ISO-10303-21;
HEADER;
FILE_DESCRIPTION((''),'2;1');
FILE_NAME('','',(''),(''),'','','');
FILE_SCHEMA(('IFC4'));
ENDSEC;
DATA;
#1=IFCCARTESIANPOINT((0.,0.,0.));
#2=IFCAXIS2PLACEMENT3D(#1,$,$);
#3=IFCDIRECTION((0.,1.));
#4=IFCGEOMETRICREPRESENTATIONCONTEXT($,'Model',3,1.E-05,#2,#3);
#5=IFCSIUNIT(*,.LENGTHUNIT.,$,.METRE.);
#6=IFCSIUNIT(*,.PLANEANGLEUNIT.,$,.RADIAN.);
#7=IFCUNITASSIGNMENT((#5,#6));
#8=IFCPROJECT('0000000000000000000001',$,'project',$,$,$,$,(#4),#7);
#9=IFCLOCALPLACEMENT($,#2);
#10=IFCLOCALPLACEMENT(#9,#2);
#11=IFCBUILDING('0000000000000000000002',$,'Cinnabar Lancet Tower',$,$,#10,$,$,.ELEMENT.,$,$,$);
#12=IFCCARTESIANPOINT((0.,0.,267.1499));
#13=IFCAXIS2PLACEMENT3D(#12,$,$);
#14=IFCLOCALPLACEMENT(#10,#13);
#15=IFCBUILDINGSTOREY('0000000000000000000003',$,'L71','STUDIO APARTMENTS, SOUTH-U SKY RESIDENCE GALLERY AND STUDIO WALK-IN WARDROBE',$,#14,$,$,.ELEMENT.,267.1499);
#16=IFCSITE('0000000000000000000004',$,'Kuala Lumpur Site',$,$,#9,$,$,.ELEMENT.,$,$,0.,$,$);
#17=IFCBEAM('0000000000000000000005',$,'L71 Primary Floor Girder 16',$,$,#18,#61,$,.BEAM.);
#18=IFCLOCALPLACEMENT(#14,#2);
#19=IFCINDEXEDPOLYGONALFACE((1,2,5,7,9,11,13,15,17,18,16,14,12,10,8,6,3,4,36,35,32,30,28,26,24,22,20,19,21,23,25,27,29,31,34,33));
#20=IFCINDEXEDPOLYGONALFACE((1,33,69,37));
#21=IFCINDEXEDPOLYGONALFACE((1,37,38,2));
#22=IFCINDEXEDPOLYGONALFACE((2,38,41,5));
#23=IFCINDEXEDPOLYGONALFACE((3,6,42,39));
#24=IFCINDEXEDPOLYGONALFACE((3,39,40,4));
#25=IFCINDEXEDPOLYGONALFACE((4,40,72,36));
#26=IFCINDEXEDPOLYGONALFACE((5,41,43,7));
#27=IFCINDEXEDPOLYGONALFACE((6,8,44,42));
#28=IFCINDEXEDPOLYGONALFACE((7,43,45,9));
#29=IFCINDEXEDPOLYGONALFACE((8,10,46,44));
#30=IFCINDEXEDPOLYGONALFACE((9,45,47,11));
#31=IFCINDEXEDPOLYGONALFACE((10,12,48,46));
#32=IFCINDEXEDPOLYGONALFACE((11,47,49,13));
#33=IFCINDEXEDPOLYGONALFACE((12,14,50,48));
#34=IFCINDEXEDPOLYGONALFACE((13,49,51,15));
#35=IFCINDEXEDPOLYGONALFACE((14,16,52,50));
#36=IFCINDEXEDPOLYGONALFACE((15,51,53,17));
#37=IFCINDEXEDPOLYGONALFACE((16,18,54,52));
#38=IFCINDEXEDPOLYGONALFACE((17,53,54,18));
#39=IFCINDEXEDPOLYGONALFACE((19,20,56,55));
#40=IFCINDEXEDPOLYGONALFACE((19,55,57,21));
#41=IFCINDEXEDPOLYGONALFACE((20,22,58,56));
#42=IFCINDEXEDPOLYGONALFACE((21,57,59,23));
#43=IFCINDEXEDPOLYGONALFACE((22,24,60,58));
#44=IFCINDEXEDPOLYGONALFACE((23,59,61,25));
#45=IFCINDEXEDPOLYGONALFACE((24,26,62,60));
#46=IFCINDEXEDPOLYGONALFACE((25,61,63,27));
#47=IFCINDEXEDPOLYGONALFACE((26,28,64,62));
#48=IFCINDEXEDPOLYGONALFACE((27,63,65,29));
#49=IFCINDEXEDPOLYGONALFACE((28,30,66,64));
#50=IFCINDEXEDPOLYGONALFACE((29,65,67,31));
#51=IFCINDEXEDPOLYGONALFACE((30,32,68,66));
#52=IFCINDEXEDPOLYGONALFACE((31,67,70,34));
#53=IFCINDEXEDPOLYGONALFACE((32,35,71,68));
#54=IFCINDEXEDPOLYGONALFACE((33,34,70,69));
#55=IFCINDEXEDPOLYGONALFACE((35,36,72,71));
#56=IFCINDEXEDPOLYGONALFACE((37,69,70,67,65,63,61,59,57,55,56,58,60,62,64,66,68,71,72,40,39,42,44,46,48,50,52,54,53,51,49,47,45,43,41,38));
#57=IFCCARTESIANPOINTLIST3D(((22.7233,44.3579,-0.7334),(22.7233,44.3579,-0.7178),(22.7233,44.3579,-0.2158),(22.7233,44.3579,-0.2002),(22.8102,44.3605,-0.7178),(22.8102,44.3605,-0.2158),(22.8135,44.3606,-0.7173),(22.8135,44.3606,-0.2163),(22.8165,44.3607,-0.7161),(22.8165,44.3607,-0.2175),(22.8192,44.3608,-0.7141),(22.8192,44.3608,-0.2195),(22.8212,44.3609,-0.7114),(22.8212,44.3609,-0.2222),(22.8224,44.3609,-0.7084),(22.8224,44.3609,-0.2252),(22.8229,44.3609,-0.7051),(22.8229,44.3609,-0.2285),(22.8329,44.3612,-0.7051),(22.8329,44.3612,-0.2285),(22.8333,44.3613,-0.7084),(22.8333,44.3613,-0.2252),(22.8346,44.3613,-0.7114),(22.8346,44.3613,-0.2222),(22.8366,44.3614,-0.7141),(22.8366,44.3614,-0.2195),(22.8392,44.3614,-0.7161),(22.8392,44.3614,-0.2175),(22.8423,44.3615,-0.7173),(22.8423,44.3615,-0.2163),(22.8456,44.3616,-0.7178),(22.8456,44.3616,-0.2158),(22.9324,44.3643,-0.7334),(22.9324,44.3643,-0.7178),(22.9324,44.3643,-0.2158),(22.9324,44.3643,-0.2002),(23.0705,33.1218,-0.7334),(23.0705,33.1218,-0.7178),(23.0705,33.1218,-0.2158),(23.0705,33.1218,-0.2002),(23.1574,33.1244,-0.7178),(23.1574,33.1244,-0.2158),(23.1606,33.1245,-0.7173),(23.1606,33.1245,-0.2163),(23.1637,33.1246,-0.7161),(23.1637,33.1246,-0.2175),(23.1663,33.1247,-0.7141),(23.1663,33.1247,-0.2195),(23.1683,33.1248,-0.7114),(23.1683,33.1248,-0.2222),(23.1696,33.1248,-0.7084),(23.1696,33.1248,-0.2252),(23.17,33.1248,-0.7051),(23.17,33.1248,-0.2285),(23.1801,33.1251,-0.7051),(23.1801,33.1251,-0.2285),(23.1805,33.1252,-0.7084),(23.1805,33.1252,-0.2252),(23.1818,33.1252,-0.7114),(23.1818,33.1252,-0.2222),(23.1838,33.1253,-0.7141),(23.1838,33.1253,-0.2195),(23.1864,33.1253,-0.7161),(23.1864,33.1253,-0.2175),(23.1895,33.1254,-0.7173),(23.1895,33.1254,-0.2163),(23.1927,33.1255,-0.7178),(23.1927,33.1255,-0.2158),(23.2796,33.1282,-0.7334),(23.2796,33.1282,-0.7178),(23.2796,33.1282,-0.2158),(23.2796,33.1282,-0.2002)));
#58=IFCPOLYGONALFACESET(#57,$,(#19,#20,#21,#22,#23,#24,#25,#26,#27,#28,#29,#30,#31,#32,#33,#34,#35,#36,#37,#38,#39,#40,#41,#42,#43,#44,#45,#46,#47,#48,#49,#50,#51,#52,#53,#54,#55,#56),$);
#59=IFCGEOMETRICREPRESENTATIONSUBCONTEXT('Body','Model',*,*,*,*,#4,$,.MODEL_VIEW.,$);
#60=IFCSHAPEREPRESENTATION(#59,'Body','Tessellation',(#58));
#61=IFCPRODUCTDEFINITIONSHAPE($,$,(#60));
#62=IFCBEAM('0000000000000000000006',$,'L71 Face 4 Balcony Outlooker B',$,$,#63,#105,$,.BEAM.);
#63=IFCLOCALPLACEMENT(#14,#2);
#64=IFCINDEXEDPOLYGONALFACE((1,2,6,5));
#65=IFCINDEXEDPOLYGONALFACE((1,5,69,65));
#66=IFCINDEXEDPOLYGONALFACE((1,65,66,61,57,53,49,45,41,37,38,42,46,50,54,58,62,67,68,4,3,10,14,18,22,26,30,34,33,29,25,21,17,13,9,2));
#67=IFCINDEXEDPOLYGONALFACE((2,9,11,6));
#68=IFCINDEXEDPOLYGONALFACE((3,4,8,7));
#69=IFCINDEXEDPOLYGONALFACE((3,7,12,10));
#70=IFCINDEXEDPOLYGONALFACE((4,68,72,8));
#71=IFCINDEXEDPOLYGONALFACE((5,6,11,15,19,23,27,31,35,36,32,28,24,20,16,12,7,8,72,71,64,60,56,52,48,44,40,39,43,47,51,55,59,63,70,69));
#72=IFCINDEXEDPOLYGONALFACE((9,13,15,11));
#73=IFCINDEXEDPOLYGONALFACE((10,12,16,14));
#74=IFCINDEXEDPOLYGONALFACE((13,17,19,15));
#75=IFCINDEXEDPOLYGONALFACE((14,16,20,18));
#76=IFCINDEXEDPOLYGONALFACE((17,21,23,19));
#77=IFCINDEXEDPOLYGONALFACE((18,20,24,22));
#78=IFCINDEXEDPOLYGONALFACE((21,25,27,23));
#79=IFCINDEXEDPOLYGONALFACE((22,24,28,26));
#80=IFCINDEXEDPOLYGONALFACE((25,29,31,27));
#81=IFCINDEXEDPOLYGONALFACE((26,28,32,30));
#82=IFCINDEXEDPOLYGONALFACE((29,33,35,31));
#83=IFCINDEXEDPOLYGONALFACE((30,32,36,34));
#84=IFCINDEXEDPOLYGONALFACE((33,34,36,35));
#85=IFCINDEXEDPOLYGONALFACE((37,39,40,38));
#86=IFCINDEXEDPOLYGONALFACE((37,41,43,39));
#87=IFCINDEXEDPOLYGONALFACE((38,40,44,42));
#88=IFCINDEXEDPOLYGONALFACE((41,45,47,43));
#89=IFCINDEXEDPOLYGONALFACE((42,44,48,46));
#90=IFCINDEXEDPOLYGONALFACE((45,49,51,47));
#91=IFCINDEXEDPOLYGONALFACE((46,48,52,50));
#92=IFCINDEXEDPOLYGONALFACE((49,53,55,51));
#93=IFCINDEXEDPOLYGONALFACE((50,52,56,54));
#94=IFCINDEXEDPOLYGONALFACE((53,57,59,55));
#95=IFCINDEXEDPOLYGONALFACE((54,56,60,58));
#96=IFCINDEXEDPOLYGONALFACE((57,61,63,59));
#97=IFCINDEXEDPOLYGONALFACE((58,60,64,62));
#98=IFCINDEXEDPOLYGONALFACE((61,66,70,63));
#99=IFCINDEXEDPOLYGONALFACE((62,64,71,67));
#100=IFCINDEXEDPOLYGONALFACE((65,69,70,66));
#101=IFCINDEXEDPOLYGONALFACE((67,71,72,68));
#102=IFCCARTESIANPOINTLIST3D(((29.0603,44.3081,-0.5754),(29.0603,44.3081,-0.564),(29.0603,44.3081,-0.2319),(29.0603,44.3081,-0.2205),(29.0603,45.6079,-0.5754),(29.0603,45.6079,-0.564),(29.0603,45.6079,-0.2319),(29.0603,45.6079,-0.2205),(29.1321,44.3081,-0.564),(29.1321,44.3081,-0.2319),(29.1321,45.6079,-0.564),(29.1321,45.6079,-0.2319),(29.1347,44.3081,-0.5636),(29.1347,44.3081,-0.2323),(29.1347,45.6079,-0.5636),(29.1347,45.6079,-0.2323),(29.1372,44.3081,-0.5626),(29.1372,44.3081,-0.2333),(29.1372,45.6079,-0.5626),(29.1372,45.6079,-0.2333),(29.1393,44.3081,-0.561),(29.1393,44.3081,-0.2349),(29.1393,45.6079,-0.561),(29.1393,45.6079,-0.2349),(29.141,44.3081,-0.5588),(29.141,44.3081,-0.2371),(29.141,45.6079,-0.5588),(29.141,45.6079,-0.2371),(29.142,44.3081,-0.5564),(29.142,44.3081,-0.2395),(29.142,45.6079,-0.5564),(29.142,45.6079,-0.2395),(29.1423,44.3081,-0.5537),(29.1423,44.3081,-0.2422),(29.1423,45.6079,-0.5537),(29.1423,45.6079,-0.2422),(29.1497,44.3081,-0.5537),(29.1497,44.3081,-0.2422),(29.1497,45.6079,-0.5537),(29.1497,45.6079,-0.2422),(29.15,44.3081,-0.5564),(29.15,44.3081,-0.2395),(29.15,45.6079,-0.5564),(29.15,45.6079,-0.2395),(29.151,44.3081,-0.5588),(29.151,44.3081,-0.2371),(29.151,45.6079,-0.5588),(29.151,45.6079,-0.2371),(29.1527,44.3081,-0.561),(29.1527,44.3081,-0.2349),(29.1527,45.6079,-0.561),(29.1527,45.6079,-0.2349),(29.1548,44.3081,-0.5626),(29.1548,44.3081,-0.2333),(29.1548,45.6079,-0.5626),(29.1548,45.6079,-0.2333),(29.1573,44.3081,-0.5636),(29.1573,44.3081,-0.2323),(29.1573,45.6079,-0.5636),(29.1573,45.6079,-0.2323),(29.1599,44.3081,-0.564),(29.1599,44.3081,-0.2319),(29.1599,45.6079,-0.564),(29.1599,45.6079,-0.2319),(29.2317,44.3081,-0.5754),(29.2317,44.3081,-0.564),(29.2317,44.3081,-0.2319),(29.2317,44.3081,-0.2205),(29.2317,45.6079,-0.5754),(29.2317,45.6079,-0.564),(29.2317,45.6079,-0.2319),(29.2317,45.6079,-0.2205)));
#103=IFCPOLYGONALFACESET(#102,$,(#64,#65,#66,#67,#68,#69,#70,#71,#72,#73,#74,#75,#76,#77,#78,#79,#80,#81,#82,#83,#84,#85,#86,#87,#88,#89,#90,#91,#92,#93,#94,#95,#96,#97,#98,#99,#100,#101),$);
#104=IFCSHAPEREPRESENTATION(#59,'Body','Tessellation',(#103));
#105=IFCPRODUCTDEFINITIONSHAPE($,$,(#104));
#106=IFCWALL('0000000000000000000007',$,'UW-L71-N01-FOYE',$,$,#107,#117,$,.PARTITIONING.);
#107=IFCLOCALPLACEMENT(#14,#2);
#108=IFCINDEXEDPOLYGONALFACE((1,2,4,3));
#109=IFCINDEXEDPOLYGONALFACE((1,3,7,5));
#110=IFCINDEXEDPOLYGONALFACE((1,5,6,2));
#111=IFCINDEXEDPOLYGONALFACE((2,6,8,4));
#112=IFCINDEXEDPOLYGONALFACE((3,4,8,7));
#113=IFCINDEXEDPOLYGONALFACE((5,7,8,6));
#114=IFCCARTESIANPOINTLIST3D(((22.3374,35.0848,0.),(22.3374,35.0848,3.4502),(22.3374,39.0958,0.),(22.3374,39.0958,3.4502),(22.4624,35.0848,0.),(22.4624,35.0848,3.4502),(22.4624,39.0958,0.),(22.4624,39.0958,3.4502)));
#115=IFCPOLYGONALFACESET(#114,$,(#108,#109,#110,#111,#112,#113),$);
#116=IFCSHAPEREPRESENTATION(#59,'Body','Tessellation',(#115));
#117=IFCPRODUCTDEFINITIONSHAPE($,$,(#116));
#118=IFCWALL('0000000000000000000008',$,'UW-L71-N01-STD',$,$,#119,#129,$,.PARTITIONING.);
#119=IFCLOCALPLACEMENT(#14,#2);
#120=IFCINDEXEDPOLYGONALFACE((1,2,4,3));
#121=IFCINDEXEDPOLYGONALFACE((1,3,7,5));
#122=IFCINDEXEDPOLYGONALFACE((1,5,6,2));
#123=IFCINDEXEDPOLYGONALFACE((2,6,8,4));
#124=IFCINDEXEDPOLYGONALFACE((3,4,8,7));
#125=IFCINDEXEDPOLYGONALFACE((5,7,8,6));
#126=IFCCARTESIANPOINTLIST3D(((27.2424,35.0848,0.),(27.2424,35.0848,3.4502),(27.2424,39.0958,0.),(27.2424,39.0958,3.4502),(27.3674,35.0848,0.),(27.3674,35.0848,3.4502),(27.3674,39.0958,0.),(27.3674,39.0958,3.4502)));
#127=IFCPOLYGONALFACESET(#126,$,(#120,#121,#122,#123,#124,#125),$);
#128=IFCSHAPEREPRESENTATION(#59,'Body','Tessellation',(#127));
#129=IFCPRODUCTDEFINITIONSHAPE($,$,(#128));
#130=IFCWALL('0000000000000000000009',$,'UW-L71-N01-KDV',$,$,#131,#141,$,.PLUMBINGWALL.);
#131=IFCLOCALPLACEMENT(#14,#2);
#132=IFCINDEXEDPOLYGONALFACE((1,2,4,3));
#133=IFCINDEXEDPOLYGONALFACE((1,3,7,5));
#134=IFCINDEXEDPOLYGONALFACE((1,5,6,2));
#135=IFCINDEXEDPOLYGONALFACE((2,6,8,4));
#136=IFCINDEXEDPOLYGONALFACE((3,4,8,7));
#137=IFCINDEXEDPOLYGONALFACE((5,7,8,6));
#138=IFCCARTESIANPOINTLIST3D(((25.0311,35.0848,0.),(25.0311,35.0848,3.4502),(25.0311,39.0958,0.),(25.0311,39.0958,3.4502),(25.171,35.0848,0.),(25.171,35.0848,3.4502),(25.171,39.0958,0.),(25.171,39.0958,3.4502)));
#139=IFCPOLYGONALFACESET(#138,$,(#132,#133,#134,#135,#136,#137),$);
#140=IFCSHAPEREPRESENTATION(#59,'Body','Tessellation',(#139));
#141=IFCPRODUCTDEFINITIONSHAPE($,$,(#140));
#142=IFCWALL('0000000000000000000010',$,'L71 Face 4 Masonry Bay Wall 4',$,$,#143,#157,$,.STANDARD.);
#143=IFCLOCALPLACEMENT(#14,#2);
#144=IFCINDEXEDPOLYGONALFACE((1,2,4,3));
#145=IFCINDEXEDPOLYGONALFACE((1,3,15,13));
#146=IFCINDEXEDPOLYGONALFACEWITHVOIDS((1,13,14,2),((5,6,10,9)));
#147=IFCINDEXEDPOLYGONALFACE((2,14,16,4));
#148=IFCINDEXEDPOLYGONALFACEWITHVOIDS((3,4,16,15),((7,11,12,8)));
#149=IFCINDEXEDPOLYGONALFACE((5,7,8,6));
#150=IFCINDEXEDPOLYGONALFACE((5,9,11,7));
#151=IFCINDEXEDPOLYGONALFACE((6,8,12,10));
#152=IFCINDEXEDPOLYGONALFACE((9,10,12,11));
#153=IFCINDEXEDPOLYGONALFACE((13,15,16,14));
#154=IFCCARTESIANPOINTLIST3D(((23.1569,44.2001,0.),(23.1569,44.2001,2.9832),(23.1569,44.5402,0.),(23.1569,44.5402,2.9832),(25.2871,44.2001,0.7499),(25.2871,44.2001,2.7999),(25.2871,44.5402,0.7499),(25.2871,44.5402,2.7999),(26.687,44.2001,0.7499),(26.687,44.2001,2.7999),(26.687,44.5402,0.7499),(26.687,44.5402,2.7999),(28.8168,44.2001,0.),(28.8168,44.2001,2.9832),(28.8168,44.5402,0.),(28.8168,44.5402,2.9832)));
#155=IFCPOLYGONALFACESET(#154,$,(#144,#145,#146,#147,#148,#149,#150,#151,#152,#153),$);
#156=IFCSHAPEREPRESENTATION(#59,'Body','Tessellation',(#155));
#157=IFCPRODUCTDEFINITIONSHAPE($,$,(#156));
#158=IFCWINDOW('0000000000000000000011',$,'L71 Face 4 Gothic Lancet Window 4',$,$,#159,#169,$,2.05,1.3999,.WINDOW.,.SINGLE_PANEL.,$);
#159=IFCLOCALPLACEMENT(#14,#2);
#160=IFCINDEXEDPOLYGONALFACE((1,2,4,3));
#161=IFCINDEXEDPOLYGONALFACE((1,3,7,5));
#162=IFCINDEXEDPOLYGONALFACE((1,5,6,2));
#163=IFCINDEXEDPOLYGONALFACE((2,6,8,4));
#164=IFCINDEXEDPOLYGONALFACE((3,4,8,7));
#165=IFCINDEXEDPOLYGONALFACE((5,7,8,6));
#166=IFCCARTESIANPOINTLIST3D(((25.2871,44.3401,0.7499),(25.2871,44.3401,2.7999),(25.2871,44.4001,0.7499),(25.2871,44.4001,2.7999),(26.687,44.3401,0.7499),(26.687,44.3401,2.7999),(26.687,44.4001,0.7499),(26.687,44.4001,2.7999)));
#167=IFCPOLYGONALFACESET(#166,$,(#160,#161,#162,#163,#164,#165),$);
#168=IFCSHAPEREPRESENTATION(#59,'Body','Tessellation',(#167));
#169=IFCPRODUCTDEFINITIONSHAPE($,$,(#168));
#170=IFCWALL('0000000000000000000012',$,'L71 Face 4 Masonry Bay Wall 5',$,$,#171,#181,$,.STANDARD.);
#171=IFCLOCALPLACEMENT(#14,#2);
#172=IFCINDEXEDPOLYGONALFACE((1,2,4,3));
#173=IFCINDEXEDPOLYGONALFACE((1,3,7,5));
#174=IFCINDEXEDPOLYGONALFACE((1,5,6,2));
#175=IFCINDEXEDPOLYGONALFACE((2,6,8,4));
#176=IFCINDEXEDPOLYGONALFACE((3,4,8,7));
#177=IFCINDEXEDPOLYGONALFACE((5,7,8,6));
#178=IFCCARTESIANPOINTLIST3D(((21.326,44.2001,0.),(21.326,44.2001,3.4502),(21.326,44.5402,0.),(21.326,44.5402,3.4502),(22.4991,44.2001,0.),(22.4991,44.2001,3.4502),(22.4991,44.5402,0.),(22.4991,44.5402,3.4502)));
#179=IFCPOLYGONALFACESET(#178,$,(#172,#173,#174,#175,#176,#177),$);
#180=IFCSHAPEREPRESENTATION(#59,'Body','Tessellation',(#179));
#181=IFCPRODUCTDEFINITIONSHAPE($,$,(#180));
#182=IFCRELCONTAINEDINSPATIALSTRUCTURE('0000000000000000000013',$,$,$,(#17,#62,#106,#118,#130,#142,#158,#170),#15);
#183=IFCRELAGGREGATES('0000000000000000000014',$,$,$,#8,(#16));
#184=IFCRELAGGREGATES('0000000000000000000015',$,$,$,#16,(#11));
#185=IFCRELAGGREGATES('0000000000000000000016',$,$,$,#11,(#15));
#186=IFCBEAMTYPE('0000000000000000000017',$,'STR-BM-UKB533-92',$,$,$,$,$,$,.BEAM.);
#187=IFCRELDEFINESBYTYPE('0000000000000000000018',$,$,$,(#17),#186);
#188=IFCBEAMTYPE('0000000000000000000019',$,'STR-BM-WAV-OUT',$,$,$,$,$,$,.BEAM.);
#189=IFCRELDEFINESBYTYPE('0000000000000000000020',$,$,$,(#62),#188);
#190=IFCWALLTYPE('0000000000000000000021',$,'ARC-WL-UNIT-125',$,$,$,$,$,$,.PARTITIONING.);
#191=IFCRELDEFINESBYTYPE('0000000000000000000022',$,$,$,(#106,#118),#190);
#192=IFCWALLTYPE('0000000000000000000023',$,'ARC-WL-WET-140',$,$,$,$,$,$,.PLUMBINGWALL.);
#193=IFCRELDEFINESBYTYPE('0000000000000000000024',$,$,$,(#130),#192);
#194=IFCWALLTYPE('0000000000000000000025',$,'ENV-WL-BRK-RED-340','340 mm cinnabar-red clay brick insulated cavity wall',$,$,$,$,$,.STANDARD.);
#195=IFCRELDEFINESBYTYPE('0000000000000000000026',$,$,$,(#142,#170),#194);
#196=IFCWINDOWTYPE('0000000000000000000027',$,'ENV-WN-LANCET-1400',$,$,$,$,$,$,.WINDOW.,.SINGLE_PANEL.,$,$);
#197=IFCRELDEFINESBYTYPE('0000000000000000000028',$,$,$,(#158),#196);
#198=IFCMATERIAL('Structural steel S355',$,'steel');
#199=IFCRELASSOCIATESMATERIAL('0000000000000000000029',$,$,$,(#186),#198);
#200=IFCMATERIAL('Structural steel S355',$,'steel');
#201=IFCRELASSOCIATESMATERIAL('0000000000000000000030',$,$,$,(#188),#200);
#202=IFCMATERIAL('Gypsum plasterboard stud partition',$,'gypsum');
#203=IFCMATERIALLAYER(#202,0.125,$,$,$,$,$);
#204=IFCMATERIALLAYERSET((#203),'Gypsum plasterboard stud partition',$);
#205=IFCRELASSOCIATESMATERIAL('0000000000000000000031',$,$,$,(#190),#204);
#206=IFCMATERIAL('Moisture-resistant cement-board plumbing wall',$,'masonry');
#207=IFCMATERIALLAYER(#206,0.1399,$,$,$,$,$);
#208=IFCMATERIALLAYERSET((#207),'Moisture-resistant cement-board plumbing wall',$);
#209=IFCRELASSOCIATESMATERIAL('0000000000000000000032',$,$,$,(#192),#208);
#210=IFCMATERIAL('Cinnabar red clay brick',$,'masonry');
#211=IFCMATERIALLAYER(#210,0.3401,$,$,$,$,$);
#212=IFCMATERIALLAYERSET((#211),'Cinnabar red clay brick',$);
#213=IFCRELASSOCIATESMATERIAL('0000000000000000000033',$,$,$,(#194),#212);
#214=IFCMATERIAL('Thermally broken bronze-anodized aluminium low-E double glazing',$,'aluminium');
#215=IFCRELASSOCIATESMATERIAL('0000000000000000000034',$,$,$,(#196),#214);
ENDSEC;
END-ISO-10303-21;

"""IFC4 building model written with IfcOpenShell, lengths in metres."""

from ifc_helpers import new_model, si_unit, direction, frame, frame_2d, origin, origin_2d, place, context, subcontext, project, spatial, rectangle, i_section, extrude, material, layer, layer_set, material_profile, profile_set, type_object, element, fill, save


model = new_model("IFC4")

# Units and contexts
model_context = context("Model", 3, precision=1e-05, world=origin(), true_north=direction((0.0, 1.0)))
body_context = subcontext(model_context, "Body", "Model", "MODEL_VIEW")
ifc_project = project(units=[si_unit("LENGTHUNIT", "METRE"), si_unit("PLANEANGLEUNIT", "RADIAN")], contexts=[model_context])

# Site, building, storey
site_placement = place(None, origin())
site = spatial("IfcSite", under=ifc_project, at=site_placement, Name="Kuala Lumpur Site", CompositionType="ELEMENT", RefElevation=0.0)
building_placement = place(site_placement, origin())
building = spatial("IfcBuilding", under=site, at=building_placement, Name="Cinnabar Lancet Tower", CompositionType="ELEMENT")
storey_placement = place(building_placement, frame((0.0, 0.0, 267.1499)))
storey = spatial("IfcBuildingStorey", under=building, at=storey_placement, Name="L71", Description="STUDIO APARTMENTS, SOUTH-U SKY RESIDENCE GALLERY AND STUDIO WALK-IN WARDROBE", CompositionType="ELEMENT", Elevation=267.1499)

# Beams
ifc_material_1 = material(Name="Structural steel S355", Category="steel")
ifc_material_profile_1 = material_profile(ifc_material_1, i_section(OverallWidth=0.2092, OverallDepth=0.5332, WebThickness=0.01, FlangeThickness=0.0156, FilletRadius=0.0127, at=origin_2d()), Name="UKB 533x210x92")
ifc_profile_set_1 = profile_set([ifc_material_profile_1], Name="Structural steel S355")
beam_type_1 = type_object("IfcBeamType", Name="STR-BM-UKB533-92", PredefinedType="BEAM", material=ifc_profile_set_1)
beam_1_placement = place(storey_placement, frame((22.8279, 44.3611, -0.4668), z_axis=(0.030883, -0.999523, 0.0), x_axis=(0.999523, 0.030883, 0.0)))
element("IfcBeam", 1, at=beam_1_placement, inside=storey, type_object=beam_type_1, Name="L71 Primary Floor Girder 16", PredefinedType="BEAM", context=body_context, shape_type="SweptSolid", body=[
    extrude(i_section(OverallWidth=0.2092, OverallDepth=0.5332, WebThickness=0.01, FlangeThickness=0.0156, FilletRadius=0.0127, at=origin_2d()), origin(), (0.0, 0.0, 1.0), 11.2415),
])
ifc_material_2 = material(Name="Structural steel S355", Category="steel")
ifc_material_profile_2 = material_profile(ifc_material_2, i_section(OverallWidth=0.1714, OverallDepth=0.355, WebThickness=0.0073, FlangeThickness=0.0115, FilletRadius=0.0103, at=origin_2d()), Name="UKB 356x171x51")
ifc_profile_set_2 = profile_set([ifc_material_profile_2], Name="Structural steel S355")
beam_type_2 = type_object("IfcBeamType", Name="STR-BM-WAV-OUT", PredefinedType="BEAM", material=ifc_profile_set_2)
beam_2_placement = place(storey_placement, frame((29.146, 44.3081, -0.3979), z_axis=(0.0, 1.0, 0.0), x_axis=(-1.0, 0.0, 0.0)))
element("IfcBeam", 2, at=beam_2_placement, inside=storey, type_object=beam_type_2, Name="L71 Face 4 Balcony Outlooker B", PredefinedType="BEAM", context=body_context, shape_type="SweptSolid", body=[
    extrude(i_section(OverallWidth=0.1714, OverallDepth=0.355, WebThickness=0.0073, FlangeThickness=0.0115, FilletRadius=0.0103, at=origin_2d()), origin(), (0.0, 0.0, 1.0), 1.2998),
])

# Walls
ifc_material_3 = material(Name="Gypsum plasterboard stud partition", Category="gypsum")
ifc_layer_1 = layer(ifc_material_3, 0.125)
ifc_layer_set_1 = layer_set([ifc_layer_1], Name="Gypsum plasterboard stud partition")
wall_type_1 = type_object("IfcWallType", Name="ARC-WL-UNIT-125", PredefinedType="PARTITIONING", material=ifc_layer_set_1)
for number, where, z_axis, x_axis, name in (
    (3, (22.3999, 35.085, 0.0), (0.0, 0.0, 1.0), (0.0, 1.0, 0.0), "UW-L71-N01-FOYE"),
    (4, (27.3049, 35.085, 0.0), (0.0, 0.0, 1.0), (0.0, 1.0, 0.0), "UW-L71-N01-STD"),
):
    element("IfcWall", number, at=place(storey_placement, frame(where, z_axis=z_axis, x_axis=x_axis)), inside=storey, type_object=wall_type_1, Name=name, PredefinedType="PARTITIONING", context=body_context, shape_type="SweptSolid", body=[
        extrude(rectangle(XDim=4.011, YDim=0.125, at=frame_2d((2.0054, 0.0))), origin(), (0.0, 0.0, 1.0), 3.4502),
    ])

# Shared definitions
ifc_material_4 = material(Name="Moisture-resistant cement-board plumbing wall", Category="masonry")
ifc_layer_2 = layer(ifc_material_4, 0.1399)
ifc_layer_set_2 = layer_set([ifc_layer_2], Name="Moisture-resistant cement-board plumbing wall")
wall_type_2 = type_object("IfcWallType", Name="ARC-WL-WET-140", PredefinedType="PLUMBINGWALL", material=ifc_layer_set_2)

# Wall
wall_1_placement = place(storey_placement, frame((25.1011, 35.085, 0.0), z_axis=(0.0, 0.0, 1.0), x_axis=(0.0, 1.0, 0.0)))
element("IfcWall", 5, at=wall_1_placement, inside=storey, type_object=wall_type_2, Name="UW-L71-N01-KDV", PredefinedType="PLUMBINGWALL", context=body_context, shape_type="SweptSolid", body=[
    extrude(rectangle(XDim=4.011, YDim=0.1399, at=frame_2d((2.0054, 0.0))), origin(), (0.0, 0.0, 1.0), 3.4502),
])

# Wall, opening, window
ifc_material_5 = material(Name="Cinnabar red clay brick", Category="masonry")
ifc_layer_3 = layer(ifc_material_5, 0.3401)
ifc_layer_set_3 = layer_set([ifc_layer_3], Name="Cinnabar red clay brick")
wall_type_3 = type_object("IfcWallType", Name="ENV-WL-BRK-RED-340", Description="340 mm cinnabar-red clay brick insulated cavity wall", PredefinedType="STANDARD", material=ifc_layer_set_3)
wall_2_placement = place(storey_placement, frame((28.8169, 44.3701, 0.0), z_axis=(0.0, 0.0, 1.0), x_axis=(-1.0, 0.0, 0.0)))
wall_2 = element("IfcWall", 6, at=wall_2_placement, inside=storey, type_object=wall_type_3, Name="L71 Face 4 Masonry Bay Wall 4", PredefinedType="STANDARD", context=body_context, shape_type="SweptSolid", body=[
    extrude(rectangle(XDim=5.6599, YDim=0.3401, at=frame_2d((2.8301, 0.0))), origin(), (0.0, 0.0, 1.0), 2.9832),
])
opening_1_placement = place(wall_2_placement, frame((2.1299, 0.0, 0.75)))
opening_1 = element("IfcOpeningElement", 7, at=opening_1_placement, cuts=wall_2, PredefinedType="OPENING", context=body_context, shape_type="SweptSolid", body=[
    extrude(rectangle(XDim=1.3999, YDim=2.05, at=frame_2d((0.7, 1.0249))), frame((0.0, 0.1799, 0.0), z_axis=(0.0, -1.0, 0.0), x_axis=(1.0, 0.0, 0.0)), (0.0, 0.0, 1.0), 0.3601),
])
ifc_material_6 = material(Name="Thermally broken bronze-anodized aluminium low-E double glazing", Category="aluminium")
window_type = type_object("IfcWindowType", Name="ENV-WN-LANCET-1400", PartitioningType="SINGLE_PANEL", PredefinedType="WINDOW", material=ifc_material_6)
window_placement = place(opening_1_placement, origin())
window = element("IfcWindow", 8, at=window_placement, inside=storey, type_object=window_type, Name="L71 Face 4 Gothic Lancet Window 4", OverallHeight=2.05, OverallWidth=1.3999, PartitioningType="SINGLE_PANEL", PredefinedType="WINDOW", context=body_context, shape_type="SweptSolid", body=[
    extrude(rectangle(XDim=1.3999, YDim=2.05, at=frame_2d((0.7, 1.0249))), frame((0.0, 0.03, 0.0), z_axis=(0.0, -1.0, 0.0), x_axis=(1.0, 0.0, 0.0)), (0.0, 0.0, 1.0), 0.0601),
])
fill(opening_1, window)

# Wall
wall_3_placement = place(storey_placement, frame((22.499, 44.3701, 0.0), z_axis=(0.0, 0.0, 1.0), x_axis=(-1.0, 0.0, 0.0)))
element("IfcWall", 9, at=wall_3_placement, inside=storey, type_object=wall_type_3, Name="L71 Face 4 Masonry Bay Wall 5", PredefinedType="STANDARD", context=body_context, shape_type="SweptSolid", body=[
    extrude(rectangle(XDim=1.1731, YDim=0.3401, at=frame_2d((0.5864, 0.0))), origin(), (0.0, 0.0, 1.0), 3.4502),
])

save(model, "model.ifc")
